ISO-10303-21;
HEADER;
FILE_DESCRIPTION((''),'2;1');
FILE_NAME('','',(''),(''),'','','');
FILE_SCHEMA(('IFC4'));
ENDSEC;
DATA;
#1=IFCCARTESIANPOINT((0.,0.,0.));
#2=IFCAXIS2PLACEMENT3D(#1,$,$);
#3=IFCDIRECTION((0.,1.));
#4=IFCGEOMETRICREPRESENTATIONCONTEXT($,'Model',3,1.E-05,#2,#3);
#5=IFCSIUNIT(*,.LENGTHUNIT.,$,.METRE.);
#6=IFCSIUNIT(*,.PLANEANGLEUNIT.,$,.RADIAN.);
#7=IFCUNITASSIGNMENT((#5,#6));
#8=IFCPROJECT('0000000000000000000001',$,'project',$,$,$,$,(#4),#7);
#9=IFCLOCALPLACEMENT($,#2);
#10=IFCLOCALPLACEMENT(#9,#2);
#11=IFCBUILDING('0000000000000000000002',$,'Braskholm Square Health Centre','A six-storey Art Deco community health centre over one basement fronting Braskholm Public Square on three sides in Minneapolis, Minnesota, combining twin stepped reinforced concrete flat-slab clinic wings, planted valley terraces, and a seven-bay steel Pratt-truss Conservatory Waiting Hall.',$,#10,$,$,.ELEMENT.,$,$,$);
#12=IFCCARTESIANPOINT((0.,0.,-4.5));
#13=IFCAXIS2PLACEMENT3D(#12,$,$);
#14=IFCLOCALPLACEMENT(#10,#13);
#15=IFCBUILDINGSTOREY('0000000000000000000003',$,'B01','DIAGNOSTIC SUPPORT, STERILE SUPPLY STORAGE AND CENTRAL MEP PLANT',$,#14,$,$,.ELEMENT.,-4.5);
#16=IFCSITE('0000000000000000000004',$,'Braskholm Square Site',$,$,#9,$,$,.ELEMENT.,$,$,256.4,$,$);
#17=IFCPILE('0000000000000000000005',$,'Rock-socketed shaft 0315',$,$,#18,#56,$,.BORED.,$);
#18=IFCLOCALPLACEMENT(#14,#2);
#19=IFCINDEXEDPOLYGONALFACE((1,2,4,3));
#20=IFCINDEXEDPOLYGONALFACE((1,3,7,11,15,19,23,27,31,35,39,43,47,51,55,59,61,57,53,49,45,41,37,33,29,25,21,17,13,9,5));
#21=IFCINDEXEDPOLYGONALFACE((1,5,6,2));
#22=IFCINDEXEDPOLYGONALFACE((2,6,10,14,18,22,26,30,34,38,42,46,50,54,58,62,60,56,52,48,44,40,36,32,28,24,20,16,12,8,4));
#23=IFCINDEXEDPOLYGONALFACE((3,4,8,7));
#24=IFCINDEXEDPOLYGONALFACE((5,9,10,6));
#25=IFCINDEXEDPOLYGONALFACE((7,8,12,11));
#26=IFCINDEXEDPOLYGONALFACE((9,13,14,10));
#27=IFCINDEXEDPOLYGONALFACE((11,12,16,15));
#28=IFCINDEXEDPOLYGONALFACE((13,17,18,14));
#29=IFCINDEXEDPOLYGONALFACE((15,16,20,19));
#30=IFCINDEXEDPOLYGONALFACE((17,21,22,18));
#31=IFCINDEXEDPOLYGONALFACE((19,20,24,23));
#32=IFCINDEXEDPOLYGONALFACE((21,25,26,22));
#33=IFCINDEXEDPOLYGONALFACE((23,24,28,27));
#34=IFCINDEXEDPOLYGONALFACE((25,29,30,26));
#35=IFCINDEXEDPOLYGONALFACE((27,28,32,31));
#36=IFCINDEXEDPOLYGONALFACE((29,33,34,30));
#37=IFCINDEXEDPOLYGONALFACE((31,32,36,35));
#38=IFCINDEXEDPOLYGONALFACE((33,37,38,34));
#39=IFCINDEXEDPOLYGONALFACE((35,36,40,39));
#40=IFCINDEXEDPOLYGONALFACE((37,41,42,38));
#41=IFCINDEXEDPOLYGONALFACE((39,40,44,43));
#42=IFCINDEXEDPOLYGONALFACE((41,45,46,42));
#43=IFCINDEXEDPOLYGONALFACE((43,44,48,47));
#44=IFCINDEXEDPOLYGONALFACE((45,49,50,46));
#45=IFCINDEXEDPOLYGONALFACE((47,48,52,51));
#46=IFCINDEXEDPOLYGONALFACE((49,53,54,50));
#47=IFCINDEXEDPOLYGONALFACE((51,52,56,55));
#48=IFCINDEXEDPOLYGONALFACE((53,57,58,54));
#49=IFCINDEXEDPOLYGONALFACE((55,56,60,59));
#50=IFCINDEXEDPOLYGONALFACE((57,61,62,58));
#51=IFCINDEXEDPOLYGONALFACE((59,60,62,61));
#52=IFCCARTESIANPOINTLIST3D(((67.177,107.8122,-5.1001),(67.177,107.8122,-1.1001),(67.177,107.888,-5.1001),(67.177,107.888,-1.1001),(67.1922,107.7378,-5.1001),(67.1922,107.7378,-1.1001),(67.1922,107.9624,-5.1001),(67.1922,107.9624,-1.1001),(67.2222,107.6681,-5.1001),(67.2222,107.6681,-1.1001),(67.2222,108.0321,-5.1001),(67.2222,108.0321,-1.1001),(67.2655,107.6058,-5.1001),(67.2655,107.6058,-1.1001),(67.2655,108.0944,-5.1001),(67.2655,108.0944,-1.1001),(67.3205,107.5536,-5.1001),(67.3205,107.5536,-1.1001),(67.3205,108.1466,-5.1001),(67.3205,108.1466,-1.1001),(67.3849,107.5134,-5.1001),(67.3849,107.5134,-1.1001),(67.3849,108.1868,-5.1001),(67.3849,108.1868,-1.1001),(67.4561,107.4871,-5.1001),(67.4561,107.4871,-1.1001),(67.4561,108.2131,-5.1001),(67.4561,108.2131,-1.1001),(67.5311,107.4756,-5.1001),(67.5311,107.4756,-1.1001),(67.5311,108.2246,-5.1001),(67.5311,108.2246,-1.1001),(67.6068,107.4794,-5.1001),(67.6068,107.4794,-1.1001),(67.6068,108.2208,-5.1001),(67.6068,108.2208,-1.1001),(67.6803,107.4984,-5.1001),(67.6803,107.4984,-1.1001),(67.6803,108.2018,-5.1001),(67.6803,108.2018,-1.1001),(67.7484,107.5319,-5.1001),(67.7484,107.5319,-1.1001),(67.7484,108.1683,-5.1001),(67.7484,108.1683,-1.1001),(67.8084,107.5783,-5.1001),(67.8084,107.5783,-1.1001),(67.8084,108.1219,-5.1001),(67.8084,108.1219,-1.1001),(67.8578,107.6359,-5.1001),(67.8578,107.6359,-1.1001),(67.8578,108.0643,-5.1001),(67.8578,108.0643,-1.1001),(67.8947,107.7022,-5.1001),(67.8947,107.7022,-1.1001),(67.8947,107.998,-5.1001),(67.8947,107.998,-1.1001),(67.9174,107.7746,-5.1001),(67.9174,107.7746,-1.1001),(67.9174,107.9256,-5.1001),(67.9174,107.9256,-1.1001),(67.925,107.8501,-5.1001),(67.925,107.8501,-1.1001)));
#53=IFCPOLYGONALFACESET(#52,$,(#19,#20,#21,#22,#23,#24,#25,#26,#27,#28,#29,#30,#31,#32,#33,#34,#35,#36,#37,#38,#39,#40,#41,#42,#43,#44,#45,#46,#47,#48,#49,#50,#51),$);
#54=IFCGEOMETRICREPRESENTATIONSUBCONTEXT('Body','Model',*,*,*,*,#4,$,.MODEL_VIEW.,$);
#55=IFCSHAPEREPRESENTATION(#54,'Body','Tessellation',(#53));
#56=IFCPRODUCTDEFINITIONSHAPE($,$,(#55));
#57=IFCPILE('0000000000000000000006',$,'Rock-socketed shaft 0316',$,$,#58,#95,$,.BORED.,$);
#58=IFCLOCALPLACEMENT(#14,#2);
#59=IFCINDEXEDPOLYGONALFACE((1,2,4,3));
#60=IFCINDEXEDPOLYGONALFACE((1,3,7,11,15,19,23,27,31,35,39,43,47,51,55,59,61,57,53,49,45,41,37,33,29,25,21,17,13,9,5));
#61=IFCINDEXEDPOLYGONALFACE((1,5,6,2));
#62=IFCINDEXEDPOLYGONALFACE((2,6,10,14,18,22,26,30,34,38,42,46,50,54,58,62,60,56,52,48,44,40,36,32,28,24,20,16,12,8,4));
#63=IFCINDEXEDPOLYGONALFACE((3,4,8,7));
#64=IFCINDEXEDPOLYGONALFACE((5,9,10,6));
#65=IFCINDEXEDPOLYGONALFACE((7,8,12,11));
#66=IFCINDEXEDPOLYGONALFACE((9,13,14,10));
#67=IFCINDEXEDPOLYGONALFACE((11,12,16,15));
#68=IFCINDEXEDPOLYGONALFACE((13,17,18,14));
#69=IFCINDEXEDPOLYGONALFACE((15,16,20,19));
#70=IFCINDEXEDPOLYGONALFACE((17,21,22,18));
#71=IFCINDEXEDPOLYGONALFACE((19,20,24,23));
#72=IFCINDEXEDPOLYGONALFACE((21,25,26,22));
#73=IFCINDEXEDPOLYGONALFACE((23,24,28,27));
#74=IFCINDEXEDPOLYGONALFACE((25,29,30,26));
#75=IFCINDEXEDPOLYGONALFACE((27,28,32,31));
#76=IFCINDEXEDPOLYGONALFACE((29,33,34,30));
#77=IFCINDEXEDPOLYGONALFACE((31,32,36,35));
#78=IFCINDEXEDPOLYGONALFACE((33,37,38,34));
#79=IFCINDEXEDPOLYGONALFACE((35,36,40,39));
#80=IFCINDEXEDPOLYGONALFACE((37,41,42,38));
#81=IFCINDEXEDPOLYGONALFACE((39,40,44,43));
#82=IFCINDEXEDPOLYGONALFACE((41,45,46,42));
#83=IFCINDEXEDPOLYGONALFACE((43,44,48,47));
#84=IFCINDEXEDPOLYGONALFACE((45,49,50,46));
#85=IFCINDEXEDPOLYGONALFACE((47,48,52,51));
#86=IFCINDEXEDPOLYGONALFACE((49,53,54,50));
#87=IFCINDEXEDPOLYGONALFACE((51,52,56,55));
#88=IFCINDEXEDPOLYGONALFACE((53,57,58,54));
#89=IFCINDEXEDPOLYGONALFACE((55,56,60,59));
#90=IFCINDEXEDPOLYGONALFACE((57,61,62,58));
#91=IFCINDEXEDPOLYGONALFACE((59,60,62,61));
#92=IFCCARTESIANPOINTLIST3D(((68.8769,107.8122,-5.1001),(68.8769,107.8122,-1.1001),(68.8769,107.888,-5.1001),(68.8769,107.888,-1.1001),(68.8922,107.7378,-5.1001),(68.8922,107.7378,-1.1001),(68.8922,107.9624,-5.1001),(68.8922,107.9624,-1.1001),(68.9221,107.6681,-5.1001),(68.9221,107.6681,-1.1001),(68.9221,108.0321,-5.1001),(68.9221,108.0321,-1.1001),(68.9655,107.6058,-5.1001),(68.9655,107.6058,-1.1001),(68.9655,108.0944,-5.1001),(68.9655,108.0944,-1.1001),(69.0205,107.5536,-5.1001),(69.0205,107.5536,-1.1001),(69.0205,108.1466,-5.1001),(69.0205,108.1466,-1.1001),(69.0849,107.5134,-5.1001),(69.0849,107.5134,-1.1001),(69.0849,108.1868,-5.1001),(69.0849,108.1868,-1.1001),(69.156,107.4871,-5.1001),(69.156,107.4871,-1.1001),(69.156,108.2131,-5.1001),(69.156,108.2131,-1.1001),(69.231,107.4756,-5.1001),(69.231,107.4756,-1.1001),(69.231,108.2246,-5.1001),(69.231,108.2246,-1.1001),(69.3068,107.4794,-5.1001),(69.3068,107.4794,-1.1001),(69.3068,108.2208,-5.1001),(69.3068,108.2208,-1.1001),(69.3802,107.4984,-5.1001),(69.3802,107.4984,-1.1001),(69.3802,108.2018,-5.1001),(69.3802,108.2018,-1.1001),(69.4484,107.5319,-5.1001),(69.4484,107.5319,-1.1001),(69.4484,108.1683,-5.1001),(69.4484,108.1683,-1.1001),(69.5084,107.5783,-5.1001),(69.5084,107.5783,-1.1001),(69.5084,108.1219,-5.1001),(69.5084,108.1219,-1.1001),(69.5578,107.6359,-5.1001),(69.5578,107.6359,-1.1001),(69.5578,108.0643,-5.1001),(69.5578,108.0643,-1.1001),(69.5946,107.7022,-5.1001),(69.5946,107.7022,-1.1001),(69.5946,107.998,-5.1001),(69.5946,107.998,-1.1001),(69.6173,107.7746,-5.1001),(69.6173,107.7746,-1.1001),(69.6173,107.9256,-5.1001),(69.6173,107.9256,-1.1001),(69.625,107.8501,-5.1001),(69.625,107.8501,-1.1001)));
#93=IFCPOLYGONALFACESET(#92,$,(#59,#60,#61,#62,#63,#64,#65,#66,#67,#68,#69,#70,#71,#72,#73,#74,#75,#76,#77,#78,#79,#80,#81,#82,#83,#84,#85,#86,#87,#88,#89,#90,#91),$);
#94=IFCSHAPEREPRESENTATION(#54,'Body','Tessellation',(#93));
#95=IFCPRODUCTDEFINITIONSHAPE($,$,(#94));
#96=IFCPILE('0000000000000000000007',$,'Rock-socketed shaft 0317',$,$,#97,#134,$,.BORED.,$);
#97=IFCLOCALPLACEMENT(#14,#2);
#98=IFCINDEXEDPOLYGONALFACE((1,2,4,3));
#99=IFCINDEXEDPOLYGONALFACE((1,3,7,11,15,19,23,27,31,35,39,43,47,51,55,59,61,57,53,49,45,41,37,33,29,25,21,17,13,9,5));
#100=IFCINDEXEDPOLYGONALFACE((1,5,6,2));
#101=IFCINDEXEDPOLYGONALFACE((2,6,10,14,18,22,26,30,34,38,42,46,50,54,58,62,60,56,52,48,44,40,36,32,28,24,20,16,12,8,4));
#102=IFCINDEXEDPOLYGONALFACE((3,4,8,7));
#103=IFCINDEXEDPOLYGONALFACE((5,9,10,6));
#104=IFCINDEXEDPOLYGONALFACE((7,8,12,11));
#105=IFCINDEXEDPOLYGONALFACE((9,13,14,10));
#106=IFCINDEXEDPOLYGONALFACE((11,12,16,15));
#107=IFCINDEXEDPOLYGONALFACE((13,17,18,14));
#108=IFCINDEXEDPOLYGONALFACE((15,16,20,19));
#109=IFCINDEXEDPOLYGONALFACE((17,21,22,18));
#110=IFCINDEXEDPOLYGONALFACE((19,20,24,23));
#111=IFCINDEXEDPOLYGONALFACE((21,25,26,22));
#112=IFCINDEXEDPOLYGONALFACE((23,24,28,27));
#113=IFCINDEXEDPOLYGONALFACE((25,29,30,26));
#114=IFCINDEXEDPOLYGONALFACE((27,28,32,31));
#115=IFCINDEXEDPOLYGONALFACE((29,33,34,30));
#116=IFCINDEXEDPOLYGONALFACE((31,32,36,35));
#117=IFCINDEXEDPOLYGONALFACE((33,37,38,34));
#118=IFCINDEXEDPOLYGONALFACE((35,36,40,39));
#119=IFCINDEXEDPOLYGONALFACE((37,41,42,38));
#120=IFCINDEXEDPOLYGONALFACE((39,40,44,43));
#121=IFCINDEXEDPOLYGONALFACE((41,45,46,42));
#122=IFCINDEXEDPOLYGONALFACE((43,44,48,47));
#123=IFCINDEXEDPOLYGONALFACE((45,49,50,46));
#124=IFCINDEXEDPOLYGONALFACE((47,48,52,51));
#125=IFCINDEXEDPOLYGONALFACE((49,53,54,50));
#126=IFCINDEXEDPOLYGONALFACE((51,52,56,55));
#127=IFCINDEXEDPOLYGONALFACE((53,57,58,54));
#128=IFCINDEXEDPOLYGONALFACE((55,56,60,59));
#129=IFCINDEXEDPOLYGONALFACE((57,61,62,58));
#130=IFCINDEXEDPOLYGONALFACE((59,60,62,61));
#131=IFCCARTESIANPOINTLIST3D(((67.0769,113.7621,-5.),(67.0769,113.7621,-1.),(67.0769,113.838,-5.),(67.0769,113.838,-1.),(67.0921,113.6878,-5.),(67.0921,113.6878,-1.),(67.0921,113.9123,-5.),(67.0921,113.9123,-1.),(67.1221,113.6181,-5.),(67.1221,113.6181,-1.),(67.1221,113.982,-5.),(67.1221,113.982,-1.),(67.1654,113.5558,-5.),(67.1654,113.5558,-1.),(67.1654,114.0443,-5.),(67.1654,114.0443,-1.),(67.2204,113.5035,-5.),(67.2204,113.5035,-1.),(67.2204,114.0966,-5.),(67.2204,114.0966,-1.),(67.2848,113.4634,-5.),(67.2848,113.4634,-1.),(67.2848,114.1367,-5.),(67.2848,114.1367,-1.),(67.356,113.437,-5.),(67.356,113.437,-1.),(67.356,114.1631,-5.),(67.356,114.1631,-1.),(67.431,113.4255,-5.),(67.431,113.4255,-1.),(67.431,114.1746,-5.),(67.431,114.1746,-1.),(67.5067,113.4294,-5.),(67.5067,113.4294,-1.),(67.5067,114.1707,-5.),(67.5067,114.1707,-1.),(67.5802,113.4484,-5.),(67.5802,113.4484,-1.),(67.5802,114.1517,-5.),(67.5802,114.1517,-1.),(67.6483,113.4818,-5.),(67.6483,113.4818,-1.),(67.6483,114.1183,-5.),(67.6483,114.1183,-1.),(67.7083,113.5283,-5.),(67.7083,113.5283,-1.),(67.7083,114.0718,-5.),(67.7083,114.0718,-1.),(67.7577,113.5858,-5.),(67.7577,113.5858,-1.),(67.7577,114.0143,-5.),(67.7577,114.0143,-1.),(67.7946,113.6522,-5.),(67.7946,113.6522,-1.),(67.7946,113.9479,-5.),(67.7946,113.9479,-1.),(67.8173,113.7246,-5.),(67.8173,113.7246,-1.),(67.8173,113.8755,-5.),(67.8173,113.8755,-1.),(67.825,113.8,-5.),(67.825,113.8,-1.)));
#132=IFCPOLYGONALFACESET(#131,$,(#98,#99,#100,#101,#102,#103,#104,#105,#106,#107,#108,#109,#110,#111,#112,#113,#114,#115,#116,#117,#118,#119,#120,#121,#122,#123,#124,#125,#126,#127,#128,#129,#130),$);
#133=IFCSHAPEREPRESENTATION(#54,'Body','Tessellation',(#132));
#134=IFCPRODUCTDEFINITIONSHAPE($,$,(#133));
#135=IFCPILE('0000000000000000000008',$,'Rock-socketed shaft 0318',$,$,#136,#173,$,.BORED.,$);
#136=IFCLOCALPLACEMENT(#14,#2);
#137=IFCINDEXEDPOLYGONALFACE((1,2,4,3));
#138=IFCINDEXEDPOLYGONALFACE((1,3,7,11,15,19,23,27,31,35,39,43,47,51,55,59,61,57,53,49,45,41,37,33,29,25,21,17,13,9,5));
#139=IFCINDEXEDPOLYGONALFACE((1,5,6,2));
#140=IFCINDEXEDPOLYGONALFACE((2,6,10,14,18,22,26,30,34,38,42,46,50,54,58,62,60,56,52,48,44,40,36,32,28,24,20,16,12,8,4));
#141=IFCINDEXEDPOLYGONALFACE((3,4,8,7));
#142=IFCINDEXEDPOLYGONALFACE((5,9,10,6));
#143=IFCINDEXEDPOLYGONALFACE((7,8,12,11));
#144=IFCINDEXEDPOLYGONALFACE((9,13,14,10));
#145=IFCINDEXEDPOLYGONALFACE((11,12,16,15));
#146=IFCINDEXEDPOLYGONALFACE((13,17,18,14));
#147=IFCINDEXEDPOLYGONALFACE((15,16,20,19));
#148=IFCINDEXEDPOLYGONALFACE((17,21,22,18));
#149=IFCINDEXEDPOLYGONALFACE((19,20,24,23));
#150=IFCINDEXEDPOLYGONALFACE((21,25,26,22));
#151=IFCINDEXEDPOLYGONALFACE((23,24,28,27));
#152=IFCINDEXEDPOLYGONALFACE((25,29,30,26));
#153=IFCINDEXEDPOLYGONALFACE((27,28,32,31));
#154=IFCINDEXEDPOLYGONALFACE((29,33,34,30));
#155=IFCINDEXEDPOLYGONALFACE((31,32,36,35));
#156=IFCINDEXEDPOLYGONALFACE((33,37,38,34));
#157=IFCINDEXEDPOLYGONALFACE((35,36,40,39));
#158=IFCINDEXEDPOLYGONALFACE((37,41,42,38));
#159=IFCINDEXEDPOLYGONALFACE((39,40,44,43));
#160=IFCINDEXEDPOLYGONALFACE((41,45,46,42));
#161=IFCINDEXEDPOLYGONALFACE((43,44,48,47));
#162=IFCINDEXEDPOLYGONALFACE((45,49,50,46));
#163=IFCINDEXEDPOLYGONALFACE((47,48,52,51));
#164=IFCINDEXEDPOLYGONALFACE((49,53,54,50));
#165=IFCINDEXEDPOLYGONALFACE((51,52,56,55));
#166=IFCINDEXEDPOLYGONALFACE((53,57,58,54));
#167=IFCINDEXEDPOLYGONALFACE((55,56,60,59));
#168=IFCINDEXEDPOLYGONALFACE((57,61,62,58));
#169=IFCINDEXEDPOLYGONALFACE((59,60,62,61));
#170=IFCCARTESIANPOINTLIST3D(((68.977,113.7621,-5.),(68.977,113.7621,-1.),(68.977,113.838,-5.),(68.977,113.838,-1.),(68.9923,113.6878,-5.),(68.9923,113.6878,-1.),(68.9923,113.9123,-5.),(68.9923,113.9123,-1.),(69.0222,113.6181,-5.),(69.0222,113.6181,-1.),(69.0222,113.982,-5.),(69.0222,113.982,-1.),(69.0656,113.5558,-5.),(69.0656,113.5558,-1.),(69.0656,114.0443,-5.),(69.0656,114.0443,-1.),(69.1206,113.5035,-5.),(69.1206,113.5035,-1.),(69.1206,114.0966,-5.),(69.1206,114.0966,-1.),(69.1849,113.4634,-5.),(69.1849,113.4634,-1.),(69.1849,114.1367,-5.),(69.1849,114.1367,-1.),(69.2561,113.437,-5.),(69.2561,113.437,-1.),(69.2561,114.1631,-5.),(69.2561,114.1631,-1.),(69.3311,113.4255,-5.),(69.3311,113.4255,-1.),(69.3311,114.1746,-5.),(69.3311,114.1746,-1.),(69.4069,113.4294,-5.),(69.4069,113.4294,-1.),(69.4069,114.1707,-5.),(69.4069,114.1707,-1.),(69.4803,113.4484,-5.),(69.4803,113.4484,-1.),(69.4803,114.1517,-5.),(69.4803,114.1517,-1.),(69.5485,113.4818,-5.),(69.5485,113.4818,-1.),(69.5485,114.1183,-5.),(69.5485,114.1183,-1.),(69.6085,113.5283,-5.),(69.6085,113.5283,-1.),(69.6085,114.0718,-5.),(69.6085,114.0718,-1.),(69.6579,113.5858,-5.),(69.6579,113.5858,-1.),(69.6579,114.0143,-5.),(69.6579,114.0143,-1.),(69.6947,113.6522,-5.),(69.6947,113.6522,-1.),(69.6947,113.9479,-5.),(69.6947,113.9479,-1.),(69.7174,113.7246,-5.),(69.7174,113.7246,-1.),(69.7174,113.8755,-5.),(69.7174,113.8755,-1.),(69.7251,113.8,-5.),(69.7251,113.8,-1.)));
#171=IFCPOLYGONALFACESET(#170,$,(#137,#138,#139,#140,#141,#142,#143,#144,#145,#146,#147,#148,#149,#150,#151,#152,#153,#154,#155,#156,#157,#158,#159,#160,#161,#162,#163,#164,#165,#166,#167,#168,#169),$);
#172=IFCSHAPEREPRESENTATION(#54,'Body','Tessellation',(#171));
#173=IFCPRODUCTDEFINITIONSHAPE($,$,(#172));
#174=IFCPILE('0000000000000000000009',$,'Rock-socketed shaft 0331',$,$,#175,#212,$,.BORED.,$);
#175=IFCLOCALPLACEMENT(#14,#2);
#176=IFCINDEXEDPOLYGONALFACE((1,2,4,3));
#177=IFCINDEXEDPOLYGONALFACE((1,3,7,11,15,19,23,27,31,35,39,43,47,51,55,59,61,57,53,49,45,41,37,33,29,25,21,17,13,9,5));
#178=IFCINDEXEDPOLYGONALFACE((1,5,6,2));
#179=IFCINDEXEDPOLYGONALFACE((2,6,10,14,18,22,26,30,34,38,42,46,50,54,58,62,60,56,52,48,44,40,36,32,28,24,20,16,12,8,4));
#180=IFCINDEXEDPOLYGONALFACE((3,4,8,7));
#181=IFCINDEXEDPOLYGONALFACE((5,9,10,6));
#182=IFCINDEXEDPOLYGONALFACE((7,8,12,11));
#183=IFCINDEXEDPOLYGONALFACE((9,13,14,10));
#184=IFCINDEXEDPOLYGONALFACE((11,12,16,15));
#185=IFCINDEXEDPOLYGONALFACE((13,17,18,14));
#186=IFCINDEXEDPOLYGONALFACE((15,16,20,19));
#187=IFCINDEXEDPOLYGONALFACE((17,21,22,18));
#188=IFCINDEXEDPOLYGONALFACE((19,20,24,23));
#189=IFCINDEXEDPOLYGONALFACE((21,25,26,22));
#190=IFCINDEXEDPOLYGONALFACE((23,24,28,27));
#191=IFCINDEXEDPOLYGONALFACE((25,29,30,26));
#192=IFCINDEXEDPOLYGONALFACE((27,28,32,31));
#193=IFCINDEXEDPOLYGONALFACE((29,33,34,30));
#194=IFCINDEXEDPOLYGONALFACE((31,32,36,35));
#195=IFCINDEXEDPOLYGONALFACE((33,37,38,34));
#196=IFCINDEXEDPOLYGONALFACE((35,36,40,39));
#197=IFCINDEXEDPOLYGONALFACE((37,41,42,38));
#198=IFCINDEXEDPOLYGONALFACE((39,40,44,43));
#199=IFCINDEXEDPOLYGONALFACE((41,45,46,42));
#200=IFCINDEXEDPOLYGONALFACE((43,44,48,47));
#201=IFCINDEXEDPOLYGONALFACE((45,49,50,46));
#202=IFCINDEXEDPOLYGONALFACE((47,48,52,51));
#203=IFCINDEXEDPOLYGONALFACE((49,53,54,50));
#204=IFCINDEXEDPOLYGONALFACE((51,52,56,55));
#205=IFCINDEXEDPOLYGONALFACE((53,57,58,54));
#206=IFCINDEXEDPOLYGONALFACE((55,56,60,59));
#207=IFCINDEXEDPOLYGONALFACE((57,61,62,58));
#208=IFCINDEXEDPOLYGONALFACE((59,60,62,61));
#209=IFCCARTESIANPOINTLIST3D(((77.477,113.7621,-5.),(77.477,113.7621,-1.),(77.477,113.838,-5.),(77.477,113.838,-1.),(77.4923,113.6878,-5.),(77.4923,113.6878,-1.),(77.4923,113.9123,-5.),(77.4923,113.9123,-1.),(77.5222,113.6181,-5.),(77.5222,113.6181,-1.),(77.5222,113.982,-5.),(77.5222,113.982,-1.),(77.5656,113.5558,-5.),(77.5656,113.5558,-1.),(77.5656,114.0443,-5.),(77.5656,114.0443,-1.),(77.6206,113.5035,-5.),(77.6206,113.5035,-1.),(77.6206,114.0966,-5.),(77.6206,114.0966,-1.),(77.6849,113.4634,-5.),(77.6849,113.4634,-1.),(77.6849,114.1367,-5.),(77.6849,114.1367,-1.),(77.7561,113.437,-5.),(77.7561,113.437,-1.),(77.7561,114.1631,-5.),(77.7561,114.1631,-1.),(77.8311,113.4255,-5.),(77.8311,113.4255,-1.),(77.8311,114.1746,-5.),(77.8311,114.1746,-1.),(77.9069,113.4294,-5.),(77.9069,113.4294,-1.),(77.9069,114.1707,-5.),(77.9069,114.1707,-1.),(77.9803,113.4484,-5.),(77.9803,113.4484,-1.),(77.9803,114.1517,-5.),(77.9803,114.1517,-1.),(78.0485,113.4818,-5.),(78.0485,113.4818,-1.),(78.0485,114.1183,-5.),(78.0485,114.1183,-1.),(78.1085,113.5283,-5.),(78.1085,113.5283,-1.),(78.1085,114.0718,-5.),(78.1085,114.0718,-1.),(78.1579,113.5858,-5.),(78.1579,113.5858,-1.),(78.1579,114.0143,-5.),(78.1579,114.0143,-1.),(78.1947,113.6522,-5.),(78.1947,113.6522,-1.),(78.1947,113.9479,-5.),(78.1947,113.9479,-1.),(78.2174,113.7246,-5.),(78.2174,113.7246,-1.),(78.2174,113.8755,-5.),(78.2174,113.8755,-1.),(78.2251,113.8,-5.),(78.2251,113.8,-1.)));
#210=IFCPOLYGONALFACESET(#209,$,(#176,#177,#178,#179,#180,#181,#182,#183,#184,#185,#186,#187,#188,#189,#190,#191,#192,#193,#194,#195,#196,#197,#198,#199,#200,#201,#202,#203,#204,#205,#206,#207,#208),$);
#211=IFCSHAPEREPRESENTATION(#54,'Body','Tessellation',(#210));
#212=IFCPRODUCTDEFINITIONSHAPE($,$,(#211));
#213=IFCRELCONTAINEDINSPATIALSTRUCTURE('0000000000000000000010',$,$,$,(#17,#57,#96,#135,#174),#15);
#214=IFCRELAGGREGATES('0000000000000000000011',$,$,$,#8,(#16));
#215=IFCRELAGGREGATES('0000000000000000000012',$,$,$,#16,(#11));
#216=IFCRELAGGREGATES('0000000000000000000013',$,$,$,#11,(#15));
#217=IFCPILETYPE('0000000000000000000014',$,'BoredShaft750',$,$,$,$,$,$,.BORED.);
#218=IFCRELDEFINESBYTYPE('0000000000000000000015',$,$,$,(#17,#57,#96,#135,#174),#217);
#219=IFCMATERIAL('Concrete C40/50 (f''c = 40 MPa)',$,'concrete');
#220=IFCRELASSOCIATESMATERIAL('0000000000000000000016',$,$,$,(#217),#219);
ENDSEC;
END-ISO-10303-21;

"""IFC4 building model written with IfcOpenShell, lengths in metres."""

from ifc_helpers import new_model, si_unit, direction, frame, origin, origin_2d, place, context, subcontext, project, spatial, circle, extrude, material, material_profile, profile_set, type_object, element, save


model = new_model("IFC4")

# Units and contexts
model_context = context("Model", 3, precision=1e-05, world=origin(), true_north=direction((0.0, 1.0)))
body_context = subcontext(model_context, "Body", "Model", "MODEL_VIEW")
ifc_project = project(units=[si_unit("LENGTHUNIT", "METRE"), si_unit("PLANEANGLEUNIT", "RADIAN")], contexts=[model_context])

# Site, building, storey
site_placement = place(None, origin())
site = spatial("IfcSite", under=ifc_project, at=site_placement, Name="Braskholm Square Site", CompositionType="ELEMENT", RefElevation=256.4)
building_placement = place(site_placement, origin())
building = spatial("IfcBuilding", under=site, at=building_placement, Name="Braskholm Square Health Centre", Description="A six-storey Art Deco community health centre over one basement fronting Braskholm Public Square on three sides in Minneapolis, Minnesota, combining twin stepped reinforced concrete flat-slab clinic wings, planted valley terraces, and a seven-bay steel Pratt-truss Conservatory Waiting Hall.", CompositionType="ELEMENT")
storey_placement = place(building_placement, frame((0.0, 0.0, -4.5)))
storey = spatial("IfcBuildingStorey", under=building, at=storey_placement, Name="B01", Description="DIAGNOSTIC SUPPORT, STERILE SUPPLY STORAGE AND CENTRAL MEP PLANT", CompositionType="ELEMENT", Elevation=-4.5)

# Piles
ifc_material_1 = material(Name="Concrete C40/50 (f'c = 40 MPa)", Category="concrete")
ifc_material_profile_1 = material_profile(ifc_material_1, circle(Radius=0.375, at=origin_2d()), Name="BORED-PILE-750")
ifc_profile_set_1 = profile_set([ifc_material_profile_1], Name="Concrete C40/50 (f'c = 40 MPa)")
pile_type_1 = type_object("IfcPileType", Name="BoredShaft750", PredefinedType="BORED", material=ifc_profile_set_1)
for number, where, z_axis, x_axis, name in (
    (1, (67.55, 107.8501, -1.1001), (0.0, 0.0, -1.0), (1.0, 0.0, 0.0), "Rock-socketed shaft 0315"),
    (2, (69.25, 107.8501, -1.1001), (0.0, 0.0, -1.0), (1.0, 0.0, 0.0), "Rock-socketed shaft 0316"),
    (3, (67.45, 113.8, -1.0), (0.0, 0.0, -1.0), (1.0, 0.0, 0.0), "Rock-socketed shaft 0317"),
    (4, (69.3501, 113.8, -1.0), (0.0, 0.0, -1.0), (1.0, 0.0, 0.0), "Rock-socketed shaft 0318"),
    (5, (77.8501, 113.8, -1.0), (0.0, 0.0, -1.0), (1.0, 0.0, 0.0), "Rock-socketed shaft 0331"),
):
    element("IfcPile", number, at=place(storey_placement, frame(where, z_axis=z_axis, x_axis=x_axis)), inside=storey, type_object=pile_type_1, Name=name, PredefinedType="BORED", context=body_context, shape_type="SweptSolid", body=[
        extrude(circle(Radius=0.375, at=origin_2d()), origin(), (0.0, 0.0, 1.0), 4.0),
    ])

save(model, "model.ifc")
